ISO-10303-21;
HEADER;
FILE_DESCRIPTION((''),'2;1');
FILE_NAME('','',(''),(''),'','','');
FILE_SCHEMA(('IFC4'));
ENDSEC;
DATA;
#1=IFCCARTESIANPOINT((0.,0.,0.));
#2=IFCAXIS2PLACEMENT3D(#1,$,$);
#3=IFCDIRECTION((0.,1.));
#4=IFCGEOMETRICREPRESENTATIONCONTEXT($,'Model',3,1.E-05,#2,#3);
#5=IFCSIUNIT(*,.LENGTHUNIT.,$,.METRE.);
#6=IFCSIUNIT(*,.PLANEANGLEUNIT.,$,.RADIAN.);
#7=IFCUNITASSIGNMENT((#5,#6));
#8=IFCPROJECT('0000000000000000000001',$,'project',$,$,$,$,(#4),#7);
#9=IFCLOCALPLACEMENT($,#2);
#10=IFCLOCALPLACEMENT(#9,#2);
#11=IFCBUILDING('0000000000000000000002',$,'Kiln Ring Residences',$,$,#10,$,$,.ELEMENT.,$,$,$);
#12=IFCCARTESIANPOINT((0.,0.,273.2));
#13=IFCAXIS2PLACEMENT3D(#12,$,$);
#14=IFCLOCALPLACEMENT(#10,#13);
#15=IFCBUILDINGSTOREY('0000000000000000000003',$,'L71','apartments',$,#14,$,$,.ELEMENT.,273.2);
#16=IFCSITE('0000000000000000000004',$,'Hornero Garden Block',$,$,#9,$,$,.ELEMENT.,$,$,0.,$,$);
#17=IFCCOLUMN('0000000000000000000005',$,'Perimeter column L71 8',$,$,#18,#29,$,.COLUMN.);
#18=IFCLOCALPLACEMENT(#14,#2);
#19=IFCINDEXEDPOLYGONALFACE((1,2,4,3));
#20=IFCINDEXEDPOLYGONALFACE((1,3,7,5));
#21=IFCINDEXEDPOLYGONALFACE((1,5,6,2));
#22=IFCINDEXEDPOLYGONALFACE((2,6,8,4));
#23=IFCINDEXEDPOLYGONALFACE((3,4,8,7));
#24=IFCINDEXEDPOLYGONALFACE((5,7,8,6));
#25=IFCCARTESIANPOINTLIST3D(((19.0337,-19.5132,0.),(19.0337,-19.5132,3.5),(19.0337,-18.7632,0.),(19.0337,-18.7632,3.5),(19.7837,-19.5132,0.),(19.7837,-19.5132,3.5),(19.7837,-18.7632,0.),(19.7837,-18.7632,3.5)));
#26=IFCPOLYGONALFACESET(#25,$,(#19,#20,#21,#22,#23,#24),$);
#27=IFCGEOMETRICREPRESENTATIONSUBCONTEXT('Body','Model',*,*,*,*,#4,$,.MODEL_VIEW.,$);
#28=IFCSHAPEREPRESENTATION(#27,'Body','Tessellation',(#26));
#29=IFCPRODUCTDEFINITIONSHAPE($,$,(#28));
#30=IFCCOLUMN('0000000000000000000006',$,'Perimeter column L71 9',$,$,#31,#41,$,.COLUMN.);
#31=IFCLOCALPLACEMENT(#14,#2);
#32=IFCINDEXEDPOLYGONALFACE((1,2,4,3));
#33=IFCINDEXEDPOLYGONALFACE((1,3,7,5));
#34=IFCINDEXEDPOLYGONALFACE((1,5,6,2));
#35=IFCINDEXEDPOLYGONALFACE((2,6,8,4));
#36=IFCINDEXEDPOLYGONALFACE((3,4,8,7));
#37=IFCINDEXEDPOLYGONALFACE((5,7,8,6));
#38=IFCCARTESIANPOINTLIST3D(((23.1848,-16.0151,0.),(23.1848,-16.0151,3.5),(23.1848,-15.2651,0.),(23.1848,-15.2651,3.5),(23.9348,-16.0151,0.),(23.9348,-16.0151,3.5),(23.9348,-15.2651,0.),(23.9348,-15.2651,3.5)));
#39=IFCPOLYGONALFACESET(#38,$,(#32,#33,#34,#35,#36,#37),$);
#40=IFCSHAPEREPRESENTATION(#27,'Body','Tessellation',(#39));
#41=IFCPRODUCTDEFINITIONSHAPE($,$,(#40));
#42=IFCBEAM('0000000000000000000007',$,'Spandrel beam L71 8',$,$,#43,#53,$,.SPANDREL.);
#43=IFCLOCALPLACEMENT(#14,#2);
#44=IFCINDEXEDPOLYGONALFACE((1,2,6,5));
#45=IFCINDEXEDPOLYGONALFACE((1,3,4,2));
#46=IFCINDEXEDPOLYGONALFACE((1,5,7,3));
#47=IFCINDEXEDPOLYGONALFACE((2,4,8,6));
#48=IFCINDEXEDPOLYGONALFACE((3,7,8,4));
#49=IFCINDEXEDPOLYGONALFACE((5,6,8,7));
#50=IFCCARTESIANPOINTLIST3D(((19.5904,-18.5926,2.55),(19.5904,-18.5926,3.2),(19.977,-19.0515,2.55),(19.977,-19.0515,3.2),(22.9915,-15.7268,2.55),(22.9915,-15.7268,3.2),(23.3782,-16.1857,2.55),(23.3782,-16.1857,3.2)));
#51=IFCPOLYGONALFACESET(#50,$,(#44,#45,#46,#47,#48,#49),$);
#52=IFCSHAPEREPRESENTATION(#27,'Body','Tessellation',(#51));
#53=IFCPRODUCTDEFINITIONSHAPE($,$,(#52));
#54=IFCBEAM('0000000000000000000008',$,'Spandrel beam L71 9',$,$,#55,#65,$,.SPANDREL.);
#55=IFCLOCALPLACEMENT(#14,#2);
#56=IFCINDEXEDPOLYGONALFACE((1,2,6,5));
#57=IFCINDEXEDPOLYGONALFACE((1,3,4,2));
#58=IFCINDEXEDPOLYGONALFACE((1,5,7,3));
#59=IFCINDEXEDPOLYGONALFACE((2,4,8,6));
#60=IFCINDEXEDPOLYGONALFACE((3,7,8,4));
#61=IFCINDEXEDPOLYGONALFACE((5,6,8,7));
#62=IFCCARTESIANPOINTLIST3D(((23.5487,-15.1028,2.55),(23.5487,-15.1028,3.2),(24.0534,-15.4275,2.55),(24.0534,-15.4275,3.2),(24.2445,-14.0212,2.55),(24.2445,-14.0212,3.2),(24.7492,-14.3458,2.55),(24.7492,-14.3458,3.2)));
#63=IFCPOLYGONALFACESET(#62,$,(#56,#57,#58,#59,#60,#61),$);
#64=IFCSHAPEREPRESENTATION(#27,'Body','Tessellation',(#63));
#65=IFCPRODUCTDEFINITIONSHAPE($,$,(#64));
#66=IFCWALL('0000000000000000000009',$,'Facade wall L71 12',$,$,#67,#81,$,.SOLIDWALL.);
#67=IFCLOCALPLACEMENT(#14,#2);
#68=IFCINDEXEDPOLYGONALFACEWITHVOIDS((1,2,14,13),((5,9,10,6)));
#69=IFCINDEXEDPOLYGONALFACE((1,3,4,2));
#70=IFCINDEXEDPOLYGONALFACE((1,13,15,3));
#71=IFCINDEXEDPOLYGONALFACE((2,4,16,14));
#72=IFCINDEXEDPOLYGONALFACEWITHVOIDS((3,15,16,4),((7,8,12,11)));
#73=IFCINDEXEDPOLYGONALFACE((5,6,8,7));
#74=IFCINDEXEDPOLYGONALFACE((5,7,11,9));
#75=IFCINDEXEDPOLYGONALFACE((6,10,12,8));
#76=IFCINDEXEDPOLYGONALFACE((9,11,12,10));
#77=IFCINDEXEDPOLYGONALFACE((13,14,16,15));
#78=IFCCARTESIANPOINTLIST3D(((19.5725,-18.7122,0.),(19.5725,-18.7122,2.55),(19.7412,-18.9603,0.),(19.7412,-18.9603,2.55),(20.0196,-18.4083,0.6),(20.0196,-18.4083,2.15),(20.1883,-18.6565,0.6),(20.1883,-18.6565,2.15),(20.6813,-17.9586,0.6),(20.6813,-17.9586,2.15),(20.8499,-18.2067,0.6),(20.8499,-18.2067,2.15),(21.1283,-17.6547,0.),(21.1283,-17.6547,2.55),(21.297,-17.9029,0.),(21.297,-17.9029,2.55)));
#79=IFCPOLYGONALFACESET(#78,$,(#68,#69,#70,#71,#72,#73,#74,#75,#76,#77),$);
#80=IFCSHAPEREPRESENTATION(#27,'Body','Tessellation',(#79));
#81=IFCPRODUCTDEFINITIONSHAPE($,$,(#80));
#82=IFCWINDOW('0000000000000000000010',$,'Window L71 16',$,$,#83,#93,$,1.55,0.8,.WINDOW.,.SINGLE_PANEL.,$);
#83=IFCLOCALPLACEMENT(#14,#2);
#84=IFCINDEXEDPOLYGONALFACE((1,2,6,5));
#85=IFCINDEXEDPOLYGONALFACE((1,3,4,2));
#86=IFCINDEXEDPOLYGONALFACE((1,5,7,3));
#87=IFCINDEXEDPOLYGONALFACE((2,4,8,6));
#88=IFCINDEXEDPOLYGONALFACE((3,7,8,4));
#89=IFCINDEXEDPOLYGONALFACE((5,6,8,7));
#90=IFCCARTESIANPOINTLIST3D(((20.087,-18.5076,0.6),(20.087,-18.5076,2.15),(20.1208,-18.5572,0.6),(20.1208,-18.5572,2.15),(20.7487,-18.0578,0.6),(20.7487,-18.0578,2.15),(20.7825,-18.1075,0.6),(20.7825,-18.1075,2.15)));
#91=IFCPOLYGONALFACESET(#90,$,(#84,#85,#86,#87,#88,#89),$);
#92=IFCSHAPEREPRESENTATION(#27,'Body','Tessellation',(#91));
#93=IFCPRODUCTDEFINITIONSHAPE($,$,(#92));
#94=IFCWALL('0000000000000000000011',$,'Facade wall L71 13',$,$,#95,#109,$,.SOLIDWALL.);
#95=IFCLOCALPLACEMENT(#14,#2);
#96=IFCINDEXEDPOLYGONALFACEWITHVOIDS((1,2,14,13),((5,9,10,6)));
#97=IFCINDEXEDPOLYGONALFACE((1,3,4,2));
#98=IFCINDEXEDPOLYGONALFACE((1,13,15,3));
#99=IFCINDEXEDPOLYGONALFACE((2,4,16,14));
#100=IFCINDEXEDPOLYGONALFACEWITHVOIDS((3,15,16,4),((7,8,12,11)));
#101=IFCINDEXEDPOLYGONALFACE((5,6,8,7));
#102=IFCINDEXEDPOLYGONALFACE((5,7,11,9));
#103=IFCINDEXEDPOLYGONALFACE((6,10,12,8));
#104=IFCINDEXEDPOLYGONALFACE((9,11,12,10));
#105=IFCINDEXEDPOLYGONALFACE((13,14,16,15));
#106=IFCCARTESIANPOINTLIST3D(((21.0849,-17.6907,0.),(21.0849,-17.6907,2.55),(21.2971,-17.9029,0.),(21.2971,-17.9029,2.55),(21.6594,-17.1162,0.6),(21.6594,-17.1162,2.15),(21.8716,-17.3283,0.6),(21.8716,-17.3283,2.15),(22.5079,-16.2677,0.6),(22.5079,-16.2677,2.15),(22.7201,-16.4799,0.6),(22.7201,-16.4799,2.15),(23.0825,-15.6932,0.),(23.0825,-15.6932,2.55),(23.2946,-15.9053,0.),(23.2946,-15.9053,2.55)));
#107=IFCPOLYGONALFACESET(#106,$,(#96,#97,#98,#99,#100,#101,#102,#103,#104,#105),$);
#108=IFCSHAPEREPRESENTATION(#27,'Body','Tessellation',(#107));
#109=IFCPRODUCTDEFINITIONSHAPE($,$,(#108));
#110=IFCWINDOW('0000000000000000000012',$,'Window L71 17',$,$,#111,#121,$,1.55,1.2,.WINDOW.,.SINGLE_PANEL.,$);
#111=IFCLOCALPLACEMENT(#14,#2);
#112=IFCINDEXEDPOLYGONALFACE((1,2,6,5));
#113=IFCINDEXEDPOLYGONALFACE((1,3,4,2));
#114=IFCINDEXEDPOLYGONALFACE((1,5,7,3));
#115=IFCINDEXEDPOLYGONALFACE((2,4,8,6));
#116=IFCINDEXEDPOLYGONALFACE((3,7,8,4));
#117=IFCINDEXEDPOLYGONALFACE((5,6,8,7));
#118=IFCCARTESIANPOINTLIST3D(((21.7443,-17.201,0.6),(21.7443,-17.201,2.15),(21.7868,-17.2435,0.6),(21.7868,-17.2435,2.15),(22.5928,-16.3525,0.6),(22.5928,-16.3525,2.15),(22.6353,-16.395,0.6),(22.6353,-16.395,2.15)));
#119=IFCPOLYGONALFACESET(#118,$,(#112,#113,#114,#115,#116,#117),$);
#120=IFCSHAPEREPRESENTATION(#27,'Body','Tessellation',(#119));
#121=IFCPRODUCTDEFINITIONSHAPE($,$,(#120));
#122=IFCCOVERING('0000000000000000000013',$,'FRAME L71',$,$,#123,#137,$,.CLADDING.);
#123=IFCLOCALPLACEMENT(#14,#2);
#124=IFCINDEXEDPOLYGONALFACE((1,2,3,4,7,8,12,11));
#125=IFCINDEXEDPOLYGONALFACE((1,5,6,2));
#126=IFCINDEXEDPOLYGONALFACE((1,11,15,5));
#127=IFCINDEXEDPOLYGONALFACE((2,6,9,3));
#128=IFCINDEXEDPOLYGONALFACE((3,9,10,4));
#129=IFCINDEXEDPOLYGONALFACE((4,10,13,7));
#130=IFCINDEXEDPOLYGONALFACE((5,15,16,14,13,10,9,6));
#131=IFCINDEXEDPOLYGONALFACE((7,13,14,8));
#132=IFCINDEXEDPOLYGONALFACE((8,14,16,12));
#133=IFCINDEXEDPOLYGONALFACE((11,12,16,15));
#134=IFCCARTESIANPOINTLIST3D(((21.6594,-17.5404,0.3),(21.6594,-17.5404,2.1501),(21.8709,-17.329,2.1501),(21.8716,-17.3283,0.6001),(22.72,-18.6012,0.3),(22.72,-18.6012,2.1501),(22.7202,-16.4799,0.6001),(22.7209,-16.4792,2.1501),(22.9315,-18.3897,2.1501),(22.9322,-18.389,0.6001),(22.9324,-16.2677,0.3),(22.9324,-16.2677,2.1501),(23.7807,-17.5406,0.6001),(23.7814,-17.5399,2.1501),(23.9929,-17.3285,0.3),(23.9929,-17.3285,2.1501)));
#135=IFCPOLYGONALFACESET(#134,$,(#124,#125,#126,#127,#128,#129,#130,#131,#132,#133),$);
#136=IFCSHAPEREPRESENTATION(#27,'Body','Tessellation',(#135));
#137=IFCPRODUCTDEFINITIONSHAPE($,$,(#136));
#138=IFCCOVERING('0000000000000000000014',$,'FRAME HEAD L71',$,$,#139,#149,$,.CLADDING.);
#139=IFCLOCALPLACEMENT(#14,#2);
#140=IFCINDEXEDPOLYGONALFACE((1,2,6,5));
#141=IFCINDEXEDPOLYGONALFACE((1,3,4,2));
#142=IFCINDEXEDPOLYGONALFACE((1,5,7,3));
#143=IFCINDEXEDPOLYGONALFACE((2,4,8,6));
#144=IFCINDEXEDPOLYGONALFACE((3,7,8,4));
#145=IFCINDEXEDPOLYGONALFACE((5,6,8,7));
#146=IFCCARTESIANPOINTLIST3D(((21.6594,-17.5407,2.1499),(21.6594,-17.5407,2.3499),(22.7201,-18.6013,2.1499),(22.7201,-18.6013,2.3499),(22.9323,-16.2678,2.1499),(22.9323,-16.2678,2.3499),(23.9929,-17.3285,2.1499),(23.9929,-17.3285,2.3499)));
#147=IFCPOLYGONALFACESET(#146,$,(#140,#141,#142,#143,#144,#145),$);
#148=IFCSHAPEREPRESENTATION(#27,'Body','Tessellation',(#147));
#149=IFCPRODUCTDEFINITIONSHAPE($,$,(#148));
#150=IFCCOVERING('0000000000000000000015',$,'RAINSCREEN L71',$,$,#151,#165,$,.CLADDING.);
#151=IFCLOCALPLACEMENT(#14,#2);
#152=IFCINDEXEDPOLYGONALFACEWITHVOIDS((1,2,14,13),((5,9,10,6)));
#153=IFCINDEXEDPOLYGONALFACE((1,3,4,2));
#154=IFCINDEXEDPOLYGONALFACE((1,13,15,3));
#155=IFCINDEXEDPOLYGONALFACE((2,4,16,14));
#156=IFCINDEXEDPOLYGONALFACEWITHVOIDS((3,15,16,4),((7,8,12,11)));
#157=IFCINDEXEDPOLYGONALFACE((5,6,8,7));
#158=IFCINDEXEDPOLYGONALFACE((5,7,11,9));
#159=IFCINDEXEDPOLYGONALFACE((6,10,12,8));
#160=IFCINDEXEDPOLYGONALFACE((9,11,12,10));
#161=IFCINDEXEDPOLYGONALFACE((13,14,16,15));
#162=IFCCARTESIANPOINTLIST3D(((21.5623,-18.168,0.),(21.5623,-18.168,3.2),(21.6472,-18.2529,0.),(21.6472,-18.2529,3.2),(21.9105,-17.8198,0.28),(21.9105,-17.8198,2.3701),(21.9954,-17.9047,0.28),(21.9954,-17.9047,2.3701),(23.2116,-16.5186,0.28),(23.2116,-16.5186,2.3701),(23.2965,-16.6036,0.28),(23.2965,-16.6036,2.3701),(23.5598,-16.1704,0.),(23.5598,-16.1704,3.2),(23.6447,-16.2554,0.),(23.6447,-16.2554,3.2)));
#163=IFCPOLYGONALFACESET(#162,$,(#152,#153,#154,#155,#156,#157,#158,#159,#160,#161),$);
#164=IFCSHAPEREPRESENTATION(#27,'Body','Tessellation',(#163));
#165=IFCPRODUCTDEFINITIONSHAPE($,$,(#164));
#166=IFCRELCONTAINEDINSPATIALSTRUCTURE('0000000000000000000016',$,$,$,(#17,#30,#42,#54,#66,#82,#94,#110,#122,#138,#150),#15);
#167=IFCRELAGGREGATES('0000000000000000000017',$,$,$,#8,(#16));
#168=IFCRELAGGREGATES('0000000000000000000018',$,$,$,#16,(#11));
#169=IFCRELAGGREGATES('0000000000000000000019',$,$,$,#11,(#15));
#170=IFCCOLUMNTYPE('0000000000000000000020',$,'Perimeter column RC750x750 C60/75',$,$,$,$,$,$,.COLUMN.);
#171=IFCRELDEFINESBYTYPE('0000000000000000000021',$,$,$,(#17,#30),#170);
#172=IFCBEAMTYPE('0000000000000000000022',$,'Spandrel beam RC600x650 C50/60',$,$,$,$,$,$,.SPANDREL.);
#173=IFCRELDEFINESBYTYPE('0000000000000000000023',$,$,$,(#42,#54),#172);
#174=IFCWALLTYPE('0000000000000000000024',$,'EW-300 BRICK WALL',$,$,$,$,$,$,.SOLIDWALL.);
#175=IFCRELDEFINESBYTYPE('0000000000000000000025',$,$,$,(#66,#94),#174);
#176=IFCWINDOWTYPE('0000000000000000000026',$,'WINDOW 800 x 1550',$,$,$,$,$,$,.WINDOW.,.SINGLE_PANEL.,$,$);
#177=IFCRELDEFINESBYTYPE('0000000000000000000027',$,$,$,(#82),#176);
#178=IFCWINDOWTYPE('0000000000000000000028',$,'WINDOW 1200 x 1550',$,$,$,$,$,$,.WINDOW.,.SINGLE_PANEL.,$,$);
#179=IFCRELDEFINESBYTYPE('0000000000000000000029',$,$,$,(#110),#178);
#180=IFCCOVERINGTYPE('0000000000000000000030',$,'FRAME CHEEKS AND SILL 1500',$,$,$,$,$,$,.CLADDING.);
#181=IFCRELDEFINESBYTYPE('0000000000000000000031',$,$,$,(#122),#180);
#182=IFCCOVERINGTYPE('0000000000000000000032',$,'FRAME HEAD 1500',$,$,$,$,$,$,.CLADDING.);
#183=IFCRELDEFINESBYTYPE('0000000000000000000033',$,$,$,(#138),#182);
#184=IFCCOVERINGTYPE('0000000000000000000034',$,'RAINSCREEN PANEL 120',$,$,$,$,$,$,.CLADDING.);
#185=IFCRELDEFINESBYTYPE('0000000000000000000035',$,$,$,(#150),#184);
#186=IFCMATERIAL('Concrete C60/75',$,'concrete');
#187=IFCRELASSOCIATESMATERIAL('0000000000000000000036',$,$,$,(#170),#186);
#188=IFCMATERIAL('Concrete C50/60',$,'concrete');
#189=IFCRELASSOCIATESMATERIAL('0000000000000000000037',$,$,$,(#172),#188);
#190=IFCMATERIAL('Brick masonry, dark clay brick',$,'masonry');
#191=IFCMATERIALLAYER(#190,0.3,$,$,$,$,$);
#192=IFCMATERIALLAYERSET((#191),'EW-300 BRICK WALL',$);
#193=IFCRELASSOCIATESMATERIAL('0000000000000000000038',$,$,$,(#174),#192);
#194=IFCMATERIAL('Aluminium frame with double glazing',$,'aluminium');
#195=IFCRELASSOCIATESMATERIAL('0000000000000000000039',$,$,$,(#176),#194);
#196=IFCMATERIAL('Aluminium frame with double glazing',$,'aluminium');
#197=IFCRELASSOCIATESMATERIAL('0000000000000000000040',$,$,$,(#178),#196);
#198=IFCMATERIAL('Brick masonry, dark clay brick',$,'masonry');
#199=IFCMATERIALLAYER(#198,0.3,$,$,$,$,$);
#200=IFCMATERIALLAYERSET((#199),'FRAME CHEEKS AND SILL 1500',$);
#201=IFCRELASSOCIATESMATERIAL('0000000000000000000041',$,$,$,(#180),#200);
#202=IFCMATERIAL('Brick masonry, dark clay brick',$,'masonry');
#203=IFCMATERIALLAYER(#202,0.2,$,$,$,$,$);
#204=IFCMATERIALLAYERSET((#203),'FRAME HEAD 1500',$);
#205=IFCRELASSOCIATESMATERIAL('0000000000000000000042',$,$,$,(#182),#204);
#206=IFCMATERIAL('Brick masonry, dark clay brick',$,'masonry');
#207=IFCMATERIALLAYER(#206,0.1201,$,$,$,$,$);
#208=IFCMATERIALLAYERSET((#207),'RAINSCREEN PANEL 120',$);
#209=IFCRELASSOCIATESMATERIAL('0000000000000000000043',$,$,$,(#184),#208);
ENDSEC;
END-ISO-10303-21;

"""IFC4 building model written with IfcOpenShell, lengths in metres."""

from ifc_helpers import new_model, si_unit, direction, frame, frame_2d, origin, origin_2d, place, context, subcontext, project, spatial, polyline, rectangle, outline, extrude, material, layer, layer_set, material_profile, profile_set, type_object, element, fill, save


model = new_model("IFC4")

# Units and contexts
model_context = context("Model", 3, precision=1e-05, world=origin(), true_north=direction((0.0, 1.0)))
body_context = subcontext(model_context, "Body", "Model", "MODEL_VIEW")
ifc_project = project(units=[si_unit("LENGTHUNIT", "METRE"), si_unit("PLANEANGLEUNIT", "RADIAN")], contexts=[model_context])

# Site, building, storey
site_placement = place(None, origin())
site = spatial("IfcSite", under=ifc_project, at=site_placement, Name="Hornero Garden Block", CompositionType="ELEMENT", RefElevation=0.0)
building_placement = place(site_placement, origin())
building = spatial("IfcBuilding", under=site, at=building_placement, Name="Kiln Ring Residences", CompositionType="ELEMENT")
storey_placement = place(building_placement, frame((0.0, 0.0, 273.2)))
storey = spatial("IfcBuildingStorey", under=building, at=storey_placement, Name="L71", Description="apartments", CompositionType="ELEMENT", Elevation=273.2)

# Columns
ifc_material_1 = material(Name="Concrete C60/75", Category="concrete")
ifc_material_profile_1 = material_profile(ifc_material_1, rectangle(XDim=0.75, YDim=0.75, at=origin_2d()), Name="RC750x750")
ifc_profile_set_1 = profile_set([ifc_material_profile_1], Name="Concrete C60/75")
column_type = type_object("IfcColumnType", Name="Perimeter column RC750x750 C60/75", PredefinedType="COLUMN", material=ifc_profile_set_1)
for number, where, z_axis, x_axis, name in (
    (1, (19.4087, -19.1382, 0.0), (0.0, 0.0, 1.0), (1.0, 0.0, 0.0), "Perimeter column L71 8"),
    (2, (23.5598, -15.6401, 0.0), (0.0, 0.0, 1.0), (1.0, 0.0, 0.0), "Perimeter column L71 9"),
):
    element("IfcColumn", number, at=place(storey_placement, frame(where, z_axis=z_axis, x_axis=x_axis)), inside=storey, type_object=column_type, Name=name, PredefinedType="COLUMN", context=body_context, shape_type="SweptSolid", body=[
        extrude(rectangle(XDim=0.75, YDim=0.75, at=origin_2d()), origin(), (0.0, 0.0, 1.0), 3.5),
    ])

# Beams
ifc_material_2 = material(Name="Concrete C50/60", Category="concrete")
ifc_material_profile_2 = material_profile(ifc_material_2, rectangle(XDim=0.6001, YDim=0.6499, at=origin_2d()), Name="RC600x650")
ifc_profile_set_2 = profile_set([ifc_material_profile_2], Name="Concrete C50/60")
beam_type = type_object("IfcBeamType", Name="Spandrel beam RC600x650 C50/60", PredefinedType="SPANDREL", material=ifc_profile_set_2)
beam_1_placement = place(storey_placement, frame((19.7837, -18.822, 2.875), z_axis=(0.764732, 0.644349, 0.0), x_axis=(-0.644349, 0.764732, 0.0)))
element("IfcBeam", 3, at=beam_1_placement, inside=storey, type_object=beam_type, Name="Spandrel beam L71 8", PredefinedType="SPANDREL", context=body_context, shape_type="SweptSolid", body=[
    extrude(rectangle(XDim=0.6001, YDim=0.6499, at=origin_2d()), origin(), (0.0, 0.0, 1.0), 4.4475),
])
beam_2_placement = place(storey_placement, frame((23.801, -15.2651, 2.875), z_axis=(0.541045, 0.840993, 0.0), x_axis=(-0.840993, 0.541045, 0.0)))
element("IfcBeam", 4, at=beam_2_placement, inside=storey, type_object=beam_type, Name="Spandrel beam L71 9", PredefinedType="SPANDREL", context=body_context, shape_type="SweptSolid", body=[
    extrude(rectangle(XDim=0.6001, YDim=0.6499, at=origin_2d()), origin(), (0.0, 0.0, 1.0), 1.2861),
])

# Walls, openings, windows
ifc_material_3 = material(Name="Brick masonry, dark clay brick", Category="masonry")
ifc_layer_1 = layer(ifc_material_3, 0.3)
ifc_layer_set_1 = layer_set([ifc_layer_1], Name="EW-300 BRICK WALL")
wall_type = type_object("IfcWallType", Name="EW-300 BRICK WALL", PredefinedType="SOLIDWALL", material=ifc_layer_set_1)
wall_1_placement = place(storey_placement, frame((19.657, -18.8362, 0.0), z_axis=(0.0, 0.0, 1.0), x_axis=(0.827045, 0.562136, 0.0)))
wall_1 = element("IfcWall", 5, at=wall_1_placement, inside=storey, type_object=wall_type, Name="Facade wall L71 12", PredefinedType="SOLIDWALL", context=body_context, shape_type="SweptSolid", body=[
    extrude(rectangle(XDim=1.8811, YDim=0.3, at=frame_2d((0.9404, 0.0))), origin(), (0.0, 0.0, 1.0), 2.55),
])
opening_1_placement = place(wall_1_placement, frame((0.5405, 0.0, 0.6001)))
opening_1 = element("IfcOpeningElement", 6, at=opening_1_placement, cuts=wall_1, PredefinedType="OPENING", context=body_context, shape_type="SweptSolid", body=[
    extrude(rectangle(XDim=0.8, YDim=1.55, at=frame_2d((0.3999, 0.7749))), frame((0.0, 0.1599, 0.0), z_axis=(0.0, -1.0, 0.0), x_axis=(1.0, 0.0, 0.0)), (0.0, 0.0, 1.0), 0.3201),
])
ifc_material_4 = material(Name="Aluminium frame with double glazing", Category="aluminium")
window_type_1 = type_object("IfcWindowType", Name="WINDOW 800 x 1550", PartitioningType="SINGLE_PANEL", PredefinedType="WINDOW", material=ifc_material_4)
window_1_placement = place(opening_1_placement, origin())
window_1 = element("IfcWindow", 7, at=window_1_placement, inside=storey, type_object=window_type_1, Name="Window L71 16", OverallHeight=1.55, OverallWidth=0.8, PartitioningType="SINGLE_PANEL", PredefinedType="WINDOW", context=body_context, shape_type="SweptSolid", body=[
    extrude(rectangle(XDim=0.8, YDim=1.55, at=frame_2d((0.3999, 0.7749))), frame((0.0, 0.03, 0.0), z_axis=(0.0, -1.0, 0.0), x_axis=(1.0, 0.0, 0.0)), (0.0, 0.0, 1.0), 0.0601),
])
fill(opening_1, window_1)
wall_2_placement = place(storey_placement, frame((21.1909, -17.7969, 0.0), z_axis=(0.0, 0.0, 1.0), x_axis=(0.707107, 0.707107, 0.0)))
wall_2 = element("IfcWall", 8, at=wall_2_placement, inside=storey, type_object=wall_type, Name="Facade wall L71 13", PredefinedType="SOLIDWALL", context=body_context, shape_type="SweptSolid", body=[
    extrude(rectangle(XDim=2.825, YDim=0.3, at=frame_2d((1.4126, 0.0))), origin(), (0.0, 0.0, 1.0), 2.55),
])
opening_2_placement = place(wall_2_placement, frame((0.8125, 0.0, 0.6001)))
opening_2 = element("IfcOpeningElement", 9, at=opening_2_placement, cuts=wall_2, PredefinedType="OPENING", context=body_context, shape_type="SweptSolid", body=[
    extrude(rectangle(XDim=1.2, YDim=1.55, at=frame_2d((0.6001, 0.7749))), frame((0.0, 0.1599, 0.0), z_axis=(0.0, -1.0, 0.0), x_axis=(1.0, 0.0, 0.0)), (0.0, 0.0, 1.0), 0.3201),
])
ifc_material_5 = material(Name="Aluminium frame with double glazing", Category="aluminium")
window_type_2 = type_object("IfcWindowType", Name="WINDOW 1200 x 1550", PartitioningType="SINGLE_PANEL", PredefinedType="WINDOW", material=ifc_material_5)
window_2_placement = place(opening_2_placement, origin())
window_2 = element("IfcWindow", 10, at=window_2_placement, inside=storey, type_object=window_type_2, Name="Window L71 17", OverallHeight=1.55, OverallWidth=1.2, PartitioningType="SINGLE_PANEL", PredefinedType="WINDOW", context=body_context, shape_type="SweptSolid", body=[
    extrude(rectangle(XDim=1.2, YDim=1.55, at=frame_2d((0.6001, 0.7749))), frame((0.0, 0.03, 0.0), z_axis=(0.0, -1.0, 0.0), x_axis=(1.0, 0.0, 0.0)), (0.0, 0.0, 1.0), 0.0601),
])
fill(opening_2, window_2)

# Coverings
ifc_material_6 = material(Name="Brick masonry, dark clay brick", Category="masonry")
ifc_layer_2 = layer(ifc_material_6, 0.3)
ifc_layer_set_2 = layer_set([ifc_layer_2], Name="FRAME CHEEKS AND SILL 1500")
covering_type_1 = type_object("IfcCoveringType", Name="FRAME CHEEKS AND SILL 1500", PredefinedType="CLADDING", material=ifc_layer_set_2)
covering_1_placement = place(storey_placement, frame((22.1897, -18.0708, 0.3), z_axis=(0.0, 0.0, 1.0), x_axis=(0.707175, 0.707039, 0.0)))
element("IfcCovering", 11, at=covering_1_placement, inside=storey, type_object=covering_type_1, Name="FRAME L71", PredefinedType="CLADDING", context=body_context, shape_type="SweptSolid", body=[
    extrude(outline(polyline([(0.0, 0.0), (1.8, 0.0), (1.8, 1.8501), (1.501, 1.8501), (1.5, 0.3), (0.3, 0.3), (0.2991, 1.8501), (0.0, 1.8501), (0.0, 0.0)])), frame((0.0, 0.75, 0.0), z_axis=(0.0, -1.0, 0.0), x_axis=(1.0, 0.0, 0.0)), (0.0, 0.0, 1.0), 1.5),
])
ifc_material_7 = material(Name="Brick masonry, dark clay brick", Category="masonry")
ifc_layer_3 = layer(ifc_material_7, 0.2)
ifc_layer_set_3 = layer_set([ifc_layer_3], Name="FRAME HEAD 1500")
covering_type_2 = type_object("IfcCoveringType", Name="FRAME HEAD 1500", PredefinedType="CLADDING", material=ifc_layer_set_3)
covering_2_placement = place(storey_placement, frame((22.8262, -17.4346, 2.1499), z_axis=(0.0, 0.0, 1.0), x_axis=(0.707107, 0.707107, 0.0)))
element("IfcCovering", 12, at=covering_2_placement, inside=storey, type_object=covering_type_2, Name="FRAME HEAD L71", PredefinedType="CLADDING", context=body_context, shape_type="SweptSolid", body=[
    extrude(rectangle(XDim=1.8, YDim=1.5, at=origin_2d()), origin(), (0.0, 0.0, 1.0), 0.2),
])
ifc_material_8 = material(Name="Brick masonry, dark clay brick", Category="masonry")
ifc_layer_4 = layer(ifc_material_8, 0.1201)
ifc_layer_set_4 = layer_set([ifc_layer_4], Name="RAINSCREEN PANEL 120")
covering_type_3 = type_object("IfcCoveringType", Name="RAINSCREEN PANEL 120", PredefinedType="CLADDING", material=ifc_layer_set_4)
covering_3_placement = place(storey_placement, frame((21.6047, -18.2104, 0.0), z_axis=(0.0, 0.0, 1.0), x_axis=(0.707107, 0.707107, 0.0)))
element("IfcCovering", 13, at=covering_3_placement, inside=storey, type_object=covering_type_3, Name="RAINSCREEN L71", PredefinedType="CLADDING", context=body_context, shape_type="SweptSolid", body=[
    extrude(outline(polyline([(0.0, 0.0), (2.825, 0.0), (2.825, 3.2), (0.0, 3.2), (0.0, 0.0)]), holes=[polyline([(0.4924, 2.3701), (0.4924, 0.28), (2.3325, 0.28), (2.3325, 2.3701), (0.4924, 2.3701)])]), frame((0.0, 0.0601, 0.0), z_axis=(0.0, -1.0, 0.0), x_axis=(1.0, 0.0, 0.0)), (0.0, 0.0, 1.0), 0.1201),
])

save(model, "model.ifc")
